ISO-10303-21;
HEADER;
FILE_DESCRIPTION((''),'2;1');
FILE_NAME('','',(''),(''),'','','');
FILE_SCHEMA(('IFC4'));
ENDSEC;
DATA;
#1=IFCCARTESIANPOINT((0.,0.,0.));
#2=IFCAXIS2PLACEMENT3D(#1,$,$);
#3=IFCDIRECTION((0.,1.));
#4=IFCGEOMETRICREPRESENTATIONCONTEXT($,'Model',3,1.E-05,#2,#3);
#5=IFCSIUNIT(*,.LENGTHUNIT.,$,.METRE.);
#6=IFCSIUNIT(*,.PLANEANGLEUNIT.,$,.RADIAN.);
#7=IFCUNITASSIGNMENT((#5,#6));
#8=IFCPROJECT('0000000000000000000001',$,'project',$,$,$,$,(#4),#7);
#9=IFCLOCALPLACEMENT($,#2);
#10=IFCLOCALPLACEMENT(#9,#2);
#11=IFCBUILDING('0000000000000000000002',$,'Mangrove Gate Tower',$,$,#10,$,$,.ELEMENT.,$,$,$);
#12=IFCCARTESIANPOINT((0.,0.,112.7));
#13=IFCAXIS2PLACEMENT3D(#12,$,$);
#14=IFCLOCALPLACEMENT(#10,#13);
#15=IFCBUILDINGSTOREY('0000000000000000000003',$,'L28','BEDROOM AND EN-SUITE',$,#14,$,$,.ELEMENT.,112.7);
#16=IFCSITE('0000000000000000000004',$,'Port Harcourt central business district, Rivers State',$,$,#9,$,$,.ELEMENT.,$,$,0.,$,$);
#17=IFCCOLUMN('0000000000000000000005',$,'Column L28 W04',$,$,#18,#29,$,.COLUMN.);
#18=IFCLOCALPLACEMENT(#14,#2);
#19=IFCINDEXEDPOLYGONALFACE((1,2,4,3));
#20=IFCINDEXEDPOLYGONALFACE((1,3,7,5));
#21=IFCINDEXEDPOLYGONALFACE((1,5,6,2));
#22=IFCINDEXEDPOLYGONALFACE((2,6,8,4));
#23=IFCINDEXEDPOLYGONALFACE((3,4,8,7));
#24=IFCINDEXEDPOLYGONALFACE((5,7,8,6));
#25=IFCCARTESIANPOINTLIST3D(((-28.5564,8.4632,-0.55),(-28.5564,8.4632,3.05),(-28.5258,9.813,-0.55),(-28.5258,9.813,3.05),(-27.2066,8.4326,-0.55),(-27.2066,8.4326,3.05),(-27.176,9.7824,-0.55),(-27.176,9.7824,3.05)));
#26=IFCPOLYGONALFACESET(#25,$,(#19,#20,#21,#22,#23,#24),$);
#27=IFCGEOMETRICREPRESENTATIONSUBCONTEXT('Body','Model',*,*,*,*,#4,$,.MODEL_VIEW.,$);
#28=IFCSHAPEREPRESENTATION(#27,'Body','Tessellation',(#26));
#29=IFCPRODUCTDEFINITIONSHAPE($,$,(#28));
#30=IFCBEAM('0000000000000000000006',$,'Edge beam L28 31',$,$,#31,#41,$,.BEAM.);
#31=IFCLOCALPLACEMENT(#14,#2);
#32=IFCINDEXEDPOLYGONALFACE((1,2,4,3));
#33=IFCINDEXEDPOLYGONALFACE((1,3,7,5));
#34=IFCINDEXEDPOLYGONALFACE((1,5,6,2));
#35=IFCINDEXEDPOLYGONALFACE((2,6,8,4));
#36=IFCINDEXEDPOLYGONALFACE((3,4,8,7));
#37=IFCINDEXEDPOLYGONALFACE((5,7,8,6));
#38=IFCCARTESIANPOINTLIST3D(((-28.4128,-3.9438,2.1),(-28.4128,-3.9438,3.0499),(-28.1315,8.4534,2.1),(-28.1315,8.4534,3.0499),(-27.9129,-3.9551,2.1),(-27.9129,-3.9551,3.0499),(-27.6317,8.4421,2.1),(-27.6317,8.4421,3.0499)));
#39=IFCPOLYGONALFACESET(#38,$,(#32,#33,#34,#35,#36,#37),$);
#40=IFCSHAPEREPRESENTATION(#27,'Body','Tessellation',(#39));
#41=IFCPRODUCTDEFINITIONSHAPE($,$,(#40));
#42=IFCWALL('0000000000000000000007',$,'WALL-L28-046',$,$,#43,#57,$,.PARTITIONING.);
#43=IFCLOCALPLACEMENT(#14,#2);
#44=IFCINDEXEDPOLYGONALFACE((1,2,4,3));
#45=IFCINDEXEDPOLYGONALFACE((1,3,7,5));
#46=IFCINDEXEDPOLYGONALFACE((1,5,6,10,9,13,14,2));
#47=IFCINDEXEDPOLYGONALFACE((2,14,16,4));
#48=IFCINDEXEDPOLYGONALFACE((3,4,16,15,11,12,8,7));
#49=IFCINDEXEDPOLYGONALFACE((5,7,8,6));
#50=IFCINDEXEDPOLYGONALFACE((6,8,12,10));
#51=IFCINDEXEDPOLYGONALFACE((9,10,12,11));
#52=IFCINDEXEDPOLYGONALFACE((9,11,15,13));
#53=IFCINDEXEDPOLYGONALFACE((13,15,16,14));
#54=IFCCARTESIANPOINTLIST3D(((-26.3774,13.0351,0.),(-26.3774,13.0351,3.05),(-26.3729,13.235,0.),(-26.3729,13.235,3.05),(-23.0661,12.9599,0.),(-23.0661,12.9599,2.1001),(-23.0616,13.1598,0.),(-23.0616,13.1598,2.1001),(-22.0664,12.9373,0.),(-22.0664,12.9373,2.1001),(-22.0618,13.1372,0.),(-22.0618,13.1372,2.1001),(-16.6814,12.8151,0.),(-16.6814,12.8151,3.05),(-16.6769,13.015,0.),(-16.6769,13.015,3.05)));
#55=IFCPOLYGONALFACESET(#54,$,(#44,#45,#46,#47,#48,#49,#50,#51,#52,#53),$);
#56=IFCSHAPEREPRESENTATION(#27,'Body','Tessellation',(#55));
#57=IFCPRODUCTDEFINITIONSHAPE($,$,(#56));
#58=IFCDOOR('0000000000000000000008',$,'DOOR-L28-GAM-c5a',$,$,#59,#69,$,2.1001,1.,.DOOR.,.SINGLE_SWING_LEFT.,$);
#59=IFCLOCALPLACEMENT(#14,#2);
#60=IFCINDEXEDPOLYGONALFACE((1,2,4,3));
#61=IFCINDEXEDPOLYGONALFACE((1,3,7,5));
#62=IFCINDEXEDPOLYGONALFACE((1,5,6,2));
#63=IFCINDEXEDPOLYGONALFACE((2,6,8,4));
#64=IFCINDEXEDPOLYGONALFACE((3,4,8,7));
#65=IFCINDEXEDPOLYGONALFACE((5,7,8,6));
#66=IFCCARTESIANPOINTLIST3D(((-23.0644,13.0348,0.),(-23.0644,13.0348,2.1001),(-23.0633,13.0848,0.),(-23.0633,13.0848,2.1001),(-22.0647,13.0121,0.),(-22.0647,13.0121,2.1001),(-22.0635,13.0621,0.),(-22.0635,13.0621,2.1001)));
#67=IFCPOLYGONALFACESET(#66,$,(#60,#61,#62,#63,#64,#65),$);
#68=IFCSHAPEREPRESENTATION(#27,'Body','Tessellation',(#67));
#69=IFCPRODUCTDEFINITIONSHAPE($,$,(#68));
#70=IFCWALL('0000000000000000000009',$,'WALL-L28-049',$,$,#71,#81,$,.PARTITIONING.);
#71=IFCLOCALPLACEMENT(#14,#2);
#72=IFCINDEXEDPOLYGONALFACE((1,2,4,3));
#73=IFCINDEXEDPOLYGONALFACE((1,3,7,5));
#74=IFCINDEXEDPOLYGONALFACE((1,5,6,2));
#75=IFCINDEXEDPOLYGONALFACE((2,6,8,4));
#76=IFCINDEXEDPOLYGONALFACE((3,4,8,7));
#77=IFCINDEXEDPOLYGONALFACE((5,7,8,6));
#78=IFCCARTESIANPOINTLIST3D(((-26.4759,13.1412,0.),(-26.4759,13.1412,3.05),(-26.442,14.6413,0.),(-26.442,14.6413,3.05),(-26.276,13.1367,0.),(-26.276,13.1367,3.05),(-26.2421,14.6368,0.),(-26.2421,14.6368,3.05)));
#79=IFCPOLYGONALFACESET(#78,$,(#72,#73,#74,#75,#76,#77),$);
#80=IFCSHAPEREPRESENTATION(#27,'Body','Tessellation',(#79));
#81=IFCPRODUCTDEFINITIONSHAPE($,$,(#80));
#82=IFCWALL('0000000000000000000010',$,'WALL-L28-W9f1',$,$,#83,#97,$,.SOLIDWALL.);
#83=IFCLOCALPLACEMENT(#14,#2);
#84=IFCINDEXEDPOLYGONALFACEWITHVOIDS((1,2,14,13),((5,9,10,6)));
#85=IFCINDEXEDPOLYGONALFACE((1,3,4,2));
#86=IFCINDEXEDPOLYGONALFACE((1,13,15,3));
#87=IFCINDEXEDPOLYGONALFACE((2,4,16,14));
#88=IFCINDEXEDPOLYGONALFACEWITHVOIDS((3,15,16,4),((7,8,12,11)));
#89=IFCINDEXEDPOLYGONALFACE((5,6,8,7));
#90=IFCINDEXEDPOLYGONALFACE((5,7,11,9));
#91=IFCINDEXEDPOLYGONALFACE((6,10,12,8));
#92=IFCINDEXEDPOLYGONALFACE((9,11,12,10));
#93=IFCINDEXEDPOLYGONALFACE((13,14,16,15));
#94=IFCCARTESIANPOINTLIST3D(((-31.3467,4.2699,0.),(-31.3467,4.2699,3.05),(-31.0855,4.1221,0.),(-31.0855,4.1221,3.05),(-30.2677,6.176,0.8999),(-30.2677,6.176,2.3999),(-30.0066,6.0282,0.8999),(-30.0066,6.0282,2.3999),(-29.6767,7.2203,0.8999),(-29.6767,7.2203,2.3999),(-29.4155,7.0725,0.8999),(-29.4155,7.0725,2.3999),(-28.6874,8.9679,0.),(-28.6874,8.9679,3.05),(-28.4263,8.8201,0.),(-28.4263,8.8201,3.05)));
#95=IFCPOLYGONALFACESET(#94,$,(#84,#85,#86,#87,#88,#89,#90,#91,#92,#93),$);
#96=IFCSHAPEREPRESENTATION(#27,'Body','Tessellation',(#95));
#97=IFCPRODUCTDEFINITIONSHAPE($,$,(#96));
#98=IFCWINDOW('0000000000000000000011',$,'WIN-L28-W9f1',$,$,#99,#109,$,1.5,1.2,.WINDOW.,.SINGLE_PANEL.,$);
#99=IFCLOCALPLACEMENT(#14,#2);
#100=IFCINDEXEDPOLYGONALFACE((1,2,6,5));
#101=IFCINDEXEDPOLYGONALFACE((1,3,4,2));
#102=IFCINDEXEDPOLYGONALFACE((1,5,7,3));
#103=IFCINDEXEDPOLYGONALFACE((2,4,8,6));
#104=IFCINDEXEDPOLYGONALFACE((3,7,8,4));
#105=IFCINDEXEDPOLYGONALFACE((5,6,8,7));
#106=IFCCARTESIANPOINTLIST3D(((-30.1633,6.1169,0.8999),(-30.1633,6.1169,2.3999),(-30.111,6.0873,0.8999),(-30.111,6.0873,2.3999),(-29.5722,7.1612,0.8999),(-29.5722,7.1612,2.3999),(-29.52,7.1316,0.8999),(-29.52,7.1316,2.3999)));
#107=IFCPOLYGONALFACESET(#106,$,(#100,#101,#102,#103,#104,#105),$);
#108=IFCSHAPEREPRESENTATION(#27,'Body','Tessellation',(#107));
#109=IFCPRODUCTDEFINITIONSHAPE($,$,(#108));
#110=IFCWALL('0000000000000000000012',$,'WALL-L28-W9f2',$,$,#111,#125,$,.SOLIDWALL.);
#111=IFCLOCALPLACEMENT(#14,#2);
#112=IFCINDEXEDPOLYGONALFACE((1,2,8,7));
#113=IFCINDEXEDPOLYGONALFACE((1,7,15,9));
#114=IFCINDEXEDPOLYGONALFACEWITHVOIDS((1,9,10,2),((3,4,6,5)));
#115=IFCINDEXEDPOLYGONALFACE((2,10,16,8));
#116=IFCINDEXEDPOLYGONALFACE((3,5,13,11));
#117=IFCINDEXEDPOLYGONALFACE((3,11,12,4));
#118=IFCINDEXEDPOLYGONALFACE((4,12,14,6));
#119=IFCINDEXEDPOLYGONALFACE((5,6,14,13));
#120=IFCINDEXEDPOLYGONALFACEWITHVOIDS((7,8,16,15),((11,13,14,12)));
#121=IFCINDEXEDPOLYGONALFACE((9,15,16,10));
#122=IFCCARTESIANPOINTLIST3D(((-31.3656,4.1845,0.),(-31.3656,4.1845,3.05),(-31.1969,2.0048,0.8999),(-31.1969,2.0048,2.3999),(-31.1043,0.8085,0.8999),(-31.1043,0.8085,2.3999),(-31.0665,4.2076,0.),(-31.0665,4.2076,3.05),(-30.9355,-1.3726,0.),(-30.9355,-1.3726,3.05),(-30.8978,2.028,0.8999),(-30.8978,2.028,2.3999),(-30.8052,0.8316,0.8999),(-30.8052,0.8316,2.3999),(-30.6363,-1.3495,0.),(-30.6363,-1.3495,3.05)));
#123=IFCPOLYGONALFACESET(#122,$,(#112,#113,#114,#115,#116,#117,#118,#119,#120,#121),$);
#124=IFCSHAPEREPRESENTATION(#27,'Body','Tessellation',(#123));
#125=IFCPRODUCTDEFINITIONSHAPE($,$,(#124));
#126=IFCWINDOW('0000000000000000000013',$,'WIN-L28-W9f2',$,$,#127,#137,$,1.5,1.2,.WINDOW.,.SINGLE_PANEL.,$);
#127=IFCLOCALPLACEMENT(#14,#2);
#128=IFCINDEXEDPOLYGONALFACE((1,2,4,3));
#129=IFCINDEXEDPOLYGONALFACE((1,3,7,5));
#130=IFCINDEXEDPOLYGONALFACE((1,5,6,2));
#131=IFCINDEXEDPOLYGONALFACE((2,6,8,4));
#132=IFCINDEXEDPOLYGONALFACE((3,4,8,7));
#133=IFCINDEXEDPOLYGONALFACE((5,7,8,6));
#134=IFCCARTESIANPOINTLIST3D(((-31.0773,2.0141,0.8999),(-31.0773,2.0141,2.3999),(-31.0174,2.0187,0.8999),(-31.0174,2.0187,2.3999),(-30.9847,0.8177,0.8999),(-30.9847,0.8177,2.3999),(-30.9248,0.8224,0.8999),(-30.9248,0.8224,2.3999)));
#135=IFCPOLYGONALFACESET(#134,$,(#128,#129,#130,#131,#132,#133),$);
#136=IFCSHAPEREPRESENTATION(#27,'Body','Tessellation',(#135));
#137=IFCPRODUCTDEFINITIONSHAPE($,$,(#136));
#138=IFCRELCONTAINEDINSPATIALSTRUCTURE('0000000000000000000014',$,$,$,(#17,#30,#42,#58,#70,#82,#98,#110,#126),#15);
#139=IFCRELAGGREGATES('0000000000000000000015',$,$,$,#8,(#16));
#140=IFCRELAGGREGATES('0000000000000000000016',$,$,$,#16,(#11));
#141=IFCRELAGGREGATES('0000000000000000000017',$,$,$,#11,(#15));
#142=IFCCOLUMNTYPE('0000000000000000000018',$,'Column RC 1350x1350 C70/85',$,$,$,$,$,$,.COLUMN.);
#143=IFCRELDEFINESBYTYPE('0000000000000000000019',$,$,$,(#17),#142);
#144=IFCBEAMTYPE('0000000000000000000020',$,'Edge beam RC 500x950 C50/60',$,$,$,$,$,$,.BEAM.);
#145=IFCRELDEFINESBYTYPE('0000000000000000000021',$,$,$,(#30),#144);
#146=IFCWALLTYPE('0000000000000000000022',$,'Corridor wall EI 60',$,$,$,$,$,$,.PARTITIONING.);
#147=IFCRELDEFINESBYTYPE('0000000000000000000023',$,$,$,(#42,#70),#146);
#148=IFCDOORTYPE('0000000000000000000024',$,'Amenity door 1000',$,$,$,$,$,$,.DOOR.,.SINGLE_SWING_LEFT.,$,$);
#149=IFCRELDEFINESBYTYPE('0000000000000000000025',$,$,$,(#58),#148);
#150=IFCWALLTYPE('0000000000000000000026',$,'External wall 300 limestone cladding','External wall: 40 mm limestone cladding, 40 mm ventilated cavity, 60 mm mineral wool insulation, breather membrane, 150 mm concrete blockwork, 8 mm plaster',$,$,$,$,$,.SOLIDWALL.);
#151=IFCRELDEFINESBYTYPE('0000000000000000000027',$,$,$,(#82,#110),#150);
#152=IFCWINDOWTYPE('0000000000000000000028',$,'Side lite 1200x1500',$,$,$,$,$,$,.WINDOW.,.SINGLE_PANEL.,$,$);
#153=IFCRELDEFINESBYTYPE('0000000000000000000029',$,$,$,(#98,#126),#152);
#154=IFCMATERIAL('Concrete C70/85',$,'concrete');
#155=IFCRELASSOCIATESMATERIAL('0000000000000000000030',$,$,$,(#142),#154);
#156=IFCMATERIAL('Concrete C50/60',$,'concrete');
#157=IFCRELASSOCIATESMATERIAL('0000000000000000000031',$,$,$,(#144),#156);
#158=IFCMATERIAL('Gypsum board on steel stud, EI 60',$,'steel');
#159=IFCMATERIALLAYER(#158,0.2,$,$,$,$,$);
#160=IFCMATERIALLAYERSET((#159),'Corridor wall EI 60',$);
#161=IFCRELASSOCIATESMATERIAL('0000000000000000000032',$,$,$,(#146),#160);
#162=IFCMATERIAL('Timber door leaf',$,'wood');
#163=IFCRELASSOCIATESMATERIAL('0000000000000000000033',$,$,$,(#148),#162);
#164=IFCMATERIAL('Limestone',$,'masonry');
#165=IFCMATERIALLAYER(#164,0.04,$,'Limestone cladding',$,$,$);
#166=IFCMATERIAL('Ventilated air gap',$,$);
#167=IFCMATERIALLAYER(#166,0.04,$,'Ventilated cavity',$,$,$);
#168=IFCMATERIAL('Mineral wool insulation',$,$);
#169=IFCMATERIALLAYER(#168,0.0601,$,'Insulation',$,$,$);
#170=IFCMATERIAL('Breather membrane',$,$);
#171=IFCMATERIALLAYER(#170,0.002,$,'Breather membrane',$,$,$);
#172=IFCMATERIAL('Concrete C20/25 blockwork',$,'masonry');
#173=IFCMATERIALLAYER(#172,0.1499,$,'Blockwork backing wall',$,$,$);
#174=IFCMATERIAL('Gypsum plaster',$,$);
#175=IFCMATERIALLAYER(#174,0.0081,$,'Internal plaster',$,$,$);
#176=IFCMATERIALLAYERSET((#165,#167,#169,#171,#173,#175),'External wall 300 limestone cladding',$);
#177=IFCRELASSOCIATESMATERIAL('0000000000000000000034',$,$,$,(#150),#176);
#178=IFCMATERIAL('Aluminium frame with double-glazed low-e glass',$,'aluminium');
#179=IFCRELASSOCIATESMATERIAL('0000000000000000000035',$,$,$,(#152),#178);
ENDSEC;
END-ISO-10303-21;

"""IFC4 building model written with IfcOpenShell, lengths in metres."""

from ifc_helpers import new_model, si_unit, direction, frame, frame_2d, origin, origin_2d, place, context, subcontext, project, spatial, rectangle, extrude, material, layer, layer_set, material_profile, profile_set, type_object, element, fill, save


model = new_model("IFC4")

# Units and contexts
model_context = context("Model", 3, precision=1e-05, world=origin(), true_north=direction((0.0, 1.0)))
body_context = subcontext(model_context, "Body", "Model", "MODEL_VIEW")
ifc_project = project(units=[si_unit("LENGTHUNIT", "METRE"), si_unit("PLANEANGLEUNIT", "RADIAN")], contexts=[model_context])

# Site, building, storey
site_placement = place(None, origin())
site = spatial("IfcSite", under=ifc_project, at=site_placement, Name="Port Harcourt central business district, Rivers State", CompositionType="ELEMENT", RefElevation=0.0)
building_placement = place(site_placement, origin())
building = spatial("IfcBuilding", under=site, at=building_placement, Name="Mangrove Gate Tower", CompositionType="ELEMENT")
storey_placement = place(building_placement, frame((0.0, 0.0, 112.7)))
storey = spatial("IfcBuildingStorey", under=building, at=storey_placement, Name="L28", Description="BEDROOM AND EN-SUITE", CompositionType="ELEMENT", Elevation=112.7)

# Column
ifc_material_1 = material(Name="Concrete C70/85", Category="concrete")
ifc_material_profile_1 = material_profile(ifc_material_1, rectangle(XDim=1.3501, YDim=1.3501, at=origin_2d()))
ifc_profile_set_1 = profile_set([ifc_material_profile_1], Name="Concrete C70/85")
column_type = type_object("IfcColumnType", Name="Column RC 1350x1350 C70/85", PredefinedType="COLUMN", material=ifc_profile_set_1)
column_placement = place(storey_placement, frame((-27.8662, 9.1228, -0.55), z_axis=(0.0, 0.0, 1.0), x_axis=(-0.022672, -0.999743, 0.0)))
element("IfcColumn", 1, at=column_placement, inside=storey, type_object=column_type, Name="Column L28 W04", PredefinedType="COLUMN", context=body_context, shape_type="SweptSolid", body=[
    extrude(rectangle(XDim=1.3501, YDim=1.3501, at=origin_2d()), origin(), (0.0, 0.0, 1.0), 3.6001),
])

# Beam
ifc_material_2 = material(Name="Concrete C50/60", Category="concrete")
ifc_material_profile_2 = material_profile(ifc_material_2, rectangle(XDim=0.5, YDim=0.95, at=origin_2d()))
ifc_profile_set_2 = profile_set([ifc_material_profile_2], Name="Concrete C50/60")
beam_type = type_object("IfcBeamType", Name="Edge beam RC 500x950 C50/60", PredefinedType="BEAM", material=ifc_profile_set_2)
beam_placement = place(storey_placement, frame((-27.8816, 8.4478, 2.575), z_axis=(-0.022681, -0.999743, 0.0), x_axis=(0.999743, -0.022681, 0.0)))
element("IfcBeam", 2, at=beam_placement, inside=storey, type_object=beam_type, Name="Edge beam L28 31", PredefinedType="BEAM", context=body_context, shape_type="SweptSolid", body=[
    extrude(rectangle(XDim=0.5, YDim=0.95, at=origin_2d()), origin(), (0.0, 0.0, 1.0), 12.4004),
])

# Wall, opening, door
ifc_material_3 = material(Name="Gypsum board on steel stud, EI 60", Category="steel")
ifc_layer_1 = layer(ifc_material_3, 0.2)
ifc_layer_set_1 = layer_set([ifc_layer_1], Name="Corridor wall EI 60")
wall_type_1 = type_object("IfcWallType", Name="Corridor wall EI 60", PredefinedType="PARTITIONING", material=ifc_layer_set_1)
wall_1_placement = place(storey_placement, frame((-26.375, 13.135, 0.0), z_axis=(0.0, 0.0, 1.0), x_axis=(0.999743, -0.022681, 0.0)))
wall_1 = element("IfcWall", 3, at=wall_1_placement, inside=storey, type_object=wall_type_1, Name="WALL-L28-046", PredefinedType="PARTITIONING", context=body_context, shape_type="SweptSolid", body=[
    extrude(rectangle(XDim=9.6985, YDim=0.2, at=frame_2d((4.8491, 0.0))), origin(), (0.0, 0.0, 1.0), 3.05),
])
opening_1_placement = place(wall_1_placement, frame((3.312, 0.0, 0.0)))
opening_1 = element("IfcOpeningElement", 4, at=opening_1_placement, cuts=wall_1, PredefinedType="OPENING", context=body_context, shape_type="SweptSolid", body=[
    extrude(rectangle(XDim=1.0, YDim=2.1001, at=frame_2d((0.5, 1.05))), frame((0.0, 0.1099, 0.0), z_axis=(0.0, -1.0, 0.0), x_axis=(1.0, 0.0, 0.0)), (0.0, 0.0, 1.0), 0.22),
])
ifc_material_4 = material(Name="Timber door leaf", Category="wood")
door_type_1 = type_object("IfcDoorType", Name="Amenity door 1000", OperationType="SINGLE_SWING_LEFT", PredefinedType="DOOR", material=ifc_material_4)
door_1_placement = place(opening_1_placement, origin())
door_1 = element("IfcDoor", 5, at=door_1_placement, inside=storey, type_object=door_type_1, Name="DOOR-L28-GAM-c5a", OperationType="SINGLE_SWING_LEFT", OverallHeight=2.1001, OverallWidth=1.0, PredefinedType="DOOR", context=body_context, shape_type="SweptSolid", body=[
    extrude(rectangle(XDim=1.0, YDim=2.1001, at=frame_2d((0.5, 1.05))), frame((0.0, 0.0249, 0.0), z_axis=(0.0, -1.0, 0.0), x_axis=(1.0, 0.0, 0.0)), (0.0, 0.0, 1.0), 0.05),
])
fill(opening_1, door_1)

# Wall
wall_2_placement = place(storey_placement, frame((-26.376, 13.1389, 0.0), z_axis=(0.0, 0.0, 1.0), x_axis=(0.022618, 0.999744, 0.0)))
element("IfcWall", 6, at=wall_2_placement, inside=storey, type_object=wall_type_1, Name="WALL-L28-049", PredefinedType="PARTITIONING", context=body_context, shape_type="SweptSolid", body=[
    extrude(rectangle(XDim=1.5005, YDim=0.2, at=frame_2d((0.7502, 0.0))), origin(), (0.0, 0.0, 1.0), 3.05),
])

# Walls, openings, windows
ifc_material_5 = material(Name="Limestone", Category="masonry")
ifc_layer_2 = layer(ifc_material_5, 0.04, Name="Limestone cladding")
ifc_material_6 = material(Name="Ventilated air gap")
ifc_layer_3 = layer(ifc_material_6, 0.04, Name="Ventilated cavity")
ifc_material_7 = material(Name="Mineral wool insulation")
ifc_layer_4 = layer(ifc_material_7, 0.0601, Name="Insulation")
ifc_material_8 = material(Name="Breather membrane")
ifc_layer_5 = layer(ifc_material_8, 0.002, Name="Breather membrane")
ifc_material_9 = material(Name="Concrete C20/25 blockwork", Category="masonry")
ifc_layer_6 = layer(ifc_material_9, 0.1499, Name="Blockwork backing wall")
ifc_material_10 = material(Name="Gypsum plaster")
ifc_layer_7 = layer(ifc_material_10, 0.0081, Name="Internal plaster")
ifc_layer_set_2 = layer_set([ifc_layer_2, ifc_layer_3, ifc_layer_4, ifc_layer_5, ifc_layer_6, ifc_layer_7], Name="External wall 300 limestone cladding")
wall_type_2 = type_object("IfcWallType", Name="External wall 300 limestone cladding", Description="External wall: 40 mm limestone cladding, 40 mm ventilated cavity, 60 mm mineral wool insulation, breather membrane, 150 mm concrete blockwork, 8 mm plaster", PredefinedType="SOLIDWALL", material=ifc_layer_set_2)
wall_3_placement = place(storey_placement, frame((-28.5569, 8.894, 0.0), z_axis=(0.0, 0.0, 1.0), x_axis=(-0.492589, -0.870262, 0.0)))
wall_3 = element("IfcWall", 7, at=wall_3_placement, inside=storey, type_object=wall_type_2, Name="WALL-L28-W9f1", PredefinedType="SOLIDWALL", context=body_context, shape_type="SweptSolid", body=[
    extrude(rectangle(XDim=5.3984, YDim=0.3, at=frame_2d((2.6992, 0.0))), origin(), (0.0, 0.0, 1.0), 3.05),
])
opening_2_placement = place(wall_3_placement, frame((2.0081, 0.0, 0.8999)))
opening_2 = element("IfcOpeningElement", 8, at=opening_2_placement, cuts=wall_3, PredefinedType="OPENING", context=body_context, shape_type="SweptSolid", body=[
    extrude(rectangle(XDim=1.2, YDim=1.5, at=frame_2d((0.6001, 0.75))), frame((0.0, 0.1599, 0.0), z_axis=(0.0, -1.0, 0.0), x_axis=(1.0, 0.0, 0.0)), (0.0, 0.0, 1.0), 0.3201),
])
ifc_material_11 = material(Name="Aluminium frame with double-glazed low-e glass", Category="aluminium")
window_type_1 = type_object("IfcWindowType", Name="Side lite 1200x1500", PartitioningType="SINGLE_PANEL", PredefinedType="WINDOW", material=ifc_material_11)
window_1_placement = place(opening_2_placement, origin())
window_1 = element("IfcWindow", 9, at=window_1_placement, inside=storey, type_object=window_type_1, Name="WIN-L28-W9f1", OverallHeight=1.5, OverallWidth=1.2, PartitioningType="SINGLE_PANEL", PredefinedType="WINDOW", context=body_context, shape_type="SweptSolid", body=[
    extrude(rectangle(XDim=1.2, YDim=1.5, at=frame_2d((0.6001, 0.75))), frame((0.0, 0.03, 0.0), z_axis=(0.0, -1.0, 0.0), x_axis=(1.0, 0.0, 0.0)), (0.0, 0.0, 1.0), 0.0601),
])
fill(opening_2, window_1)
wall_4_placement = place(storey_placement, frame((-31.2161, 4.196, 0.0), z_axis=(0.0, 0.0, 1.0), x_axis=(0.077179, -0.997017, 0.0)))
wall_4 = element("IfcWall", 10, at=wall_4_placement, inside=storey, type_object=wall_type_2, Name="WALL-L28-W9f2", PredefinedType="SOLIDWALL", context=body_context, shape_type="SweptSolid", body=[
    extrude(rectangle(XDim=5.5737, YDim=0.3, at=frame_2d((2.7869, 0.0))), origin(), (0.0, 0.0, 1.0), 3.05),
])
opening_3_placement = place(wall_4_placement, frame((2.186, 0.0, 0.8999)))
opening_3 = element("IfcOpeningElement", 11, at=opening_3_placement, cuts=wall_4, PredefinedType="OPENING", context=body_context, shape_type="SweptSolid", body=[
    extrude(rectangle(XDim=1.2, YDim=1.5, at=frame_2d((0.6001, 0.75))), frame((0.0, 0.1599, 0.0), z_axis=(0.0, -1.0, 0.0), x_axis=(1.0, 0.0, 0.0)), (0.0, 0.0, 1.0), 0.3201),
])
window_2_placement = place(opening_3_placement, origin())
window_2 = element("IfcWindow", 12, at=window_2_placement, inside=storey, type_object=window_type_1, Name="WIN-L28-W9f2", OverallHeight=1.5, OverallWidth=1.2, PartitioningType="SINGLE_PANEL", PredefinedType="WINDOW", context=body_context, shape_type="SweptSolid", body=[
    extrude(rectangle(XDim=1.2, YDim=1.5, at=frame_2d((0.6001, 0.75))), frame((0.0, 0.03, 0.0), z_axis=(0.0, -1.0, 0.0), x_axis=(1.0, 0.0, 0.0)), (0.0, 0.0, 1.0), 0.0601),
])
fill(opening_3, window_2)

save(model, "model.ifc")
